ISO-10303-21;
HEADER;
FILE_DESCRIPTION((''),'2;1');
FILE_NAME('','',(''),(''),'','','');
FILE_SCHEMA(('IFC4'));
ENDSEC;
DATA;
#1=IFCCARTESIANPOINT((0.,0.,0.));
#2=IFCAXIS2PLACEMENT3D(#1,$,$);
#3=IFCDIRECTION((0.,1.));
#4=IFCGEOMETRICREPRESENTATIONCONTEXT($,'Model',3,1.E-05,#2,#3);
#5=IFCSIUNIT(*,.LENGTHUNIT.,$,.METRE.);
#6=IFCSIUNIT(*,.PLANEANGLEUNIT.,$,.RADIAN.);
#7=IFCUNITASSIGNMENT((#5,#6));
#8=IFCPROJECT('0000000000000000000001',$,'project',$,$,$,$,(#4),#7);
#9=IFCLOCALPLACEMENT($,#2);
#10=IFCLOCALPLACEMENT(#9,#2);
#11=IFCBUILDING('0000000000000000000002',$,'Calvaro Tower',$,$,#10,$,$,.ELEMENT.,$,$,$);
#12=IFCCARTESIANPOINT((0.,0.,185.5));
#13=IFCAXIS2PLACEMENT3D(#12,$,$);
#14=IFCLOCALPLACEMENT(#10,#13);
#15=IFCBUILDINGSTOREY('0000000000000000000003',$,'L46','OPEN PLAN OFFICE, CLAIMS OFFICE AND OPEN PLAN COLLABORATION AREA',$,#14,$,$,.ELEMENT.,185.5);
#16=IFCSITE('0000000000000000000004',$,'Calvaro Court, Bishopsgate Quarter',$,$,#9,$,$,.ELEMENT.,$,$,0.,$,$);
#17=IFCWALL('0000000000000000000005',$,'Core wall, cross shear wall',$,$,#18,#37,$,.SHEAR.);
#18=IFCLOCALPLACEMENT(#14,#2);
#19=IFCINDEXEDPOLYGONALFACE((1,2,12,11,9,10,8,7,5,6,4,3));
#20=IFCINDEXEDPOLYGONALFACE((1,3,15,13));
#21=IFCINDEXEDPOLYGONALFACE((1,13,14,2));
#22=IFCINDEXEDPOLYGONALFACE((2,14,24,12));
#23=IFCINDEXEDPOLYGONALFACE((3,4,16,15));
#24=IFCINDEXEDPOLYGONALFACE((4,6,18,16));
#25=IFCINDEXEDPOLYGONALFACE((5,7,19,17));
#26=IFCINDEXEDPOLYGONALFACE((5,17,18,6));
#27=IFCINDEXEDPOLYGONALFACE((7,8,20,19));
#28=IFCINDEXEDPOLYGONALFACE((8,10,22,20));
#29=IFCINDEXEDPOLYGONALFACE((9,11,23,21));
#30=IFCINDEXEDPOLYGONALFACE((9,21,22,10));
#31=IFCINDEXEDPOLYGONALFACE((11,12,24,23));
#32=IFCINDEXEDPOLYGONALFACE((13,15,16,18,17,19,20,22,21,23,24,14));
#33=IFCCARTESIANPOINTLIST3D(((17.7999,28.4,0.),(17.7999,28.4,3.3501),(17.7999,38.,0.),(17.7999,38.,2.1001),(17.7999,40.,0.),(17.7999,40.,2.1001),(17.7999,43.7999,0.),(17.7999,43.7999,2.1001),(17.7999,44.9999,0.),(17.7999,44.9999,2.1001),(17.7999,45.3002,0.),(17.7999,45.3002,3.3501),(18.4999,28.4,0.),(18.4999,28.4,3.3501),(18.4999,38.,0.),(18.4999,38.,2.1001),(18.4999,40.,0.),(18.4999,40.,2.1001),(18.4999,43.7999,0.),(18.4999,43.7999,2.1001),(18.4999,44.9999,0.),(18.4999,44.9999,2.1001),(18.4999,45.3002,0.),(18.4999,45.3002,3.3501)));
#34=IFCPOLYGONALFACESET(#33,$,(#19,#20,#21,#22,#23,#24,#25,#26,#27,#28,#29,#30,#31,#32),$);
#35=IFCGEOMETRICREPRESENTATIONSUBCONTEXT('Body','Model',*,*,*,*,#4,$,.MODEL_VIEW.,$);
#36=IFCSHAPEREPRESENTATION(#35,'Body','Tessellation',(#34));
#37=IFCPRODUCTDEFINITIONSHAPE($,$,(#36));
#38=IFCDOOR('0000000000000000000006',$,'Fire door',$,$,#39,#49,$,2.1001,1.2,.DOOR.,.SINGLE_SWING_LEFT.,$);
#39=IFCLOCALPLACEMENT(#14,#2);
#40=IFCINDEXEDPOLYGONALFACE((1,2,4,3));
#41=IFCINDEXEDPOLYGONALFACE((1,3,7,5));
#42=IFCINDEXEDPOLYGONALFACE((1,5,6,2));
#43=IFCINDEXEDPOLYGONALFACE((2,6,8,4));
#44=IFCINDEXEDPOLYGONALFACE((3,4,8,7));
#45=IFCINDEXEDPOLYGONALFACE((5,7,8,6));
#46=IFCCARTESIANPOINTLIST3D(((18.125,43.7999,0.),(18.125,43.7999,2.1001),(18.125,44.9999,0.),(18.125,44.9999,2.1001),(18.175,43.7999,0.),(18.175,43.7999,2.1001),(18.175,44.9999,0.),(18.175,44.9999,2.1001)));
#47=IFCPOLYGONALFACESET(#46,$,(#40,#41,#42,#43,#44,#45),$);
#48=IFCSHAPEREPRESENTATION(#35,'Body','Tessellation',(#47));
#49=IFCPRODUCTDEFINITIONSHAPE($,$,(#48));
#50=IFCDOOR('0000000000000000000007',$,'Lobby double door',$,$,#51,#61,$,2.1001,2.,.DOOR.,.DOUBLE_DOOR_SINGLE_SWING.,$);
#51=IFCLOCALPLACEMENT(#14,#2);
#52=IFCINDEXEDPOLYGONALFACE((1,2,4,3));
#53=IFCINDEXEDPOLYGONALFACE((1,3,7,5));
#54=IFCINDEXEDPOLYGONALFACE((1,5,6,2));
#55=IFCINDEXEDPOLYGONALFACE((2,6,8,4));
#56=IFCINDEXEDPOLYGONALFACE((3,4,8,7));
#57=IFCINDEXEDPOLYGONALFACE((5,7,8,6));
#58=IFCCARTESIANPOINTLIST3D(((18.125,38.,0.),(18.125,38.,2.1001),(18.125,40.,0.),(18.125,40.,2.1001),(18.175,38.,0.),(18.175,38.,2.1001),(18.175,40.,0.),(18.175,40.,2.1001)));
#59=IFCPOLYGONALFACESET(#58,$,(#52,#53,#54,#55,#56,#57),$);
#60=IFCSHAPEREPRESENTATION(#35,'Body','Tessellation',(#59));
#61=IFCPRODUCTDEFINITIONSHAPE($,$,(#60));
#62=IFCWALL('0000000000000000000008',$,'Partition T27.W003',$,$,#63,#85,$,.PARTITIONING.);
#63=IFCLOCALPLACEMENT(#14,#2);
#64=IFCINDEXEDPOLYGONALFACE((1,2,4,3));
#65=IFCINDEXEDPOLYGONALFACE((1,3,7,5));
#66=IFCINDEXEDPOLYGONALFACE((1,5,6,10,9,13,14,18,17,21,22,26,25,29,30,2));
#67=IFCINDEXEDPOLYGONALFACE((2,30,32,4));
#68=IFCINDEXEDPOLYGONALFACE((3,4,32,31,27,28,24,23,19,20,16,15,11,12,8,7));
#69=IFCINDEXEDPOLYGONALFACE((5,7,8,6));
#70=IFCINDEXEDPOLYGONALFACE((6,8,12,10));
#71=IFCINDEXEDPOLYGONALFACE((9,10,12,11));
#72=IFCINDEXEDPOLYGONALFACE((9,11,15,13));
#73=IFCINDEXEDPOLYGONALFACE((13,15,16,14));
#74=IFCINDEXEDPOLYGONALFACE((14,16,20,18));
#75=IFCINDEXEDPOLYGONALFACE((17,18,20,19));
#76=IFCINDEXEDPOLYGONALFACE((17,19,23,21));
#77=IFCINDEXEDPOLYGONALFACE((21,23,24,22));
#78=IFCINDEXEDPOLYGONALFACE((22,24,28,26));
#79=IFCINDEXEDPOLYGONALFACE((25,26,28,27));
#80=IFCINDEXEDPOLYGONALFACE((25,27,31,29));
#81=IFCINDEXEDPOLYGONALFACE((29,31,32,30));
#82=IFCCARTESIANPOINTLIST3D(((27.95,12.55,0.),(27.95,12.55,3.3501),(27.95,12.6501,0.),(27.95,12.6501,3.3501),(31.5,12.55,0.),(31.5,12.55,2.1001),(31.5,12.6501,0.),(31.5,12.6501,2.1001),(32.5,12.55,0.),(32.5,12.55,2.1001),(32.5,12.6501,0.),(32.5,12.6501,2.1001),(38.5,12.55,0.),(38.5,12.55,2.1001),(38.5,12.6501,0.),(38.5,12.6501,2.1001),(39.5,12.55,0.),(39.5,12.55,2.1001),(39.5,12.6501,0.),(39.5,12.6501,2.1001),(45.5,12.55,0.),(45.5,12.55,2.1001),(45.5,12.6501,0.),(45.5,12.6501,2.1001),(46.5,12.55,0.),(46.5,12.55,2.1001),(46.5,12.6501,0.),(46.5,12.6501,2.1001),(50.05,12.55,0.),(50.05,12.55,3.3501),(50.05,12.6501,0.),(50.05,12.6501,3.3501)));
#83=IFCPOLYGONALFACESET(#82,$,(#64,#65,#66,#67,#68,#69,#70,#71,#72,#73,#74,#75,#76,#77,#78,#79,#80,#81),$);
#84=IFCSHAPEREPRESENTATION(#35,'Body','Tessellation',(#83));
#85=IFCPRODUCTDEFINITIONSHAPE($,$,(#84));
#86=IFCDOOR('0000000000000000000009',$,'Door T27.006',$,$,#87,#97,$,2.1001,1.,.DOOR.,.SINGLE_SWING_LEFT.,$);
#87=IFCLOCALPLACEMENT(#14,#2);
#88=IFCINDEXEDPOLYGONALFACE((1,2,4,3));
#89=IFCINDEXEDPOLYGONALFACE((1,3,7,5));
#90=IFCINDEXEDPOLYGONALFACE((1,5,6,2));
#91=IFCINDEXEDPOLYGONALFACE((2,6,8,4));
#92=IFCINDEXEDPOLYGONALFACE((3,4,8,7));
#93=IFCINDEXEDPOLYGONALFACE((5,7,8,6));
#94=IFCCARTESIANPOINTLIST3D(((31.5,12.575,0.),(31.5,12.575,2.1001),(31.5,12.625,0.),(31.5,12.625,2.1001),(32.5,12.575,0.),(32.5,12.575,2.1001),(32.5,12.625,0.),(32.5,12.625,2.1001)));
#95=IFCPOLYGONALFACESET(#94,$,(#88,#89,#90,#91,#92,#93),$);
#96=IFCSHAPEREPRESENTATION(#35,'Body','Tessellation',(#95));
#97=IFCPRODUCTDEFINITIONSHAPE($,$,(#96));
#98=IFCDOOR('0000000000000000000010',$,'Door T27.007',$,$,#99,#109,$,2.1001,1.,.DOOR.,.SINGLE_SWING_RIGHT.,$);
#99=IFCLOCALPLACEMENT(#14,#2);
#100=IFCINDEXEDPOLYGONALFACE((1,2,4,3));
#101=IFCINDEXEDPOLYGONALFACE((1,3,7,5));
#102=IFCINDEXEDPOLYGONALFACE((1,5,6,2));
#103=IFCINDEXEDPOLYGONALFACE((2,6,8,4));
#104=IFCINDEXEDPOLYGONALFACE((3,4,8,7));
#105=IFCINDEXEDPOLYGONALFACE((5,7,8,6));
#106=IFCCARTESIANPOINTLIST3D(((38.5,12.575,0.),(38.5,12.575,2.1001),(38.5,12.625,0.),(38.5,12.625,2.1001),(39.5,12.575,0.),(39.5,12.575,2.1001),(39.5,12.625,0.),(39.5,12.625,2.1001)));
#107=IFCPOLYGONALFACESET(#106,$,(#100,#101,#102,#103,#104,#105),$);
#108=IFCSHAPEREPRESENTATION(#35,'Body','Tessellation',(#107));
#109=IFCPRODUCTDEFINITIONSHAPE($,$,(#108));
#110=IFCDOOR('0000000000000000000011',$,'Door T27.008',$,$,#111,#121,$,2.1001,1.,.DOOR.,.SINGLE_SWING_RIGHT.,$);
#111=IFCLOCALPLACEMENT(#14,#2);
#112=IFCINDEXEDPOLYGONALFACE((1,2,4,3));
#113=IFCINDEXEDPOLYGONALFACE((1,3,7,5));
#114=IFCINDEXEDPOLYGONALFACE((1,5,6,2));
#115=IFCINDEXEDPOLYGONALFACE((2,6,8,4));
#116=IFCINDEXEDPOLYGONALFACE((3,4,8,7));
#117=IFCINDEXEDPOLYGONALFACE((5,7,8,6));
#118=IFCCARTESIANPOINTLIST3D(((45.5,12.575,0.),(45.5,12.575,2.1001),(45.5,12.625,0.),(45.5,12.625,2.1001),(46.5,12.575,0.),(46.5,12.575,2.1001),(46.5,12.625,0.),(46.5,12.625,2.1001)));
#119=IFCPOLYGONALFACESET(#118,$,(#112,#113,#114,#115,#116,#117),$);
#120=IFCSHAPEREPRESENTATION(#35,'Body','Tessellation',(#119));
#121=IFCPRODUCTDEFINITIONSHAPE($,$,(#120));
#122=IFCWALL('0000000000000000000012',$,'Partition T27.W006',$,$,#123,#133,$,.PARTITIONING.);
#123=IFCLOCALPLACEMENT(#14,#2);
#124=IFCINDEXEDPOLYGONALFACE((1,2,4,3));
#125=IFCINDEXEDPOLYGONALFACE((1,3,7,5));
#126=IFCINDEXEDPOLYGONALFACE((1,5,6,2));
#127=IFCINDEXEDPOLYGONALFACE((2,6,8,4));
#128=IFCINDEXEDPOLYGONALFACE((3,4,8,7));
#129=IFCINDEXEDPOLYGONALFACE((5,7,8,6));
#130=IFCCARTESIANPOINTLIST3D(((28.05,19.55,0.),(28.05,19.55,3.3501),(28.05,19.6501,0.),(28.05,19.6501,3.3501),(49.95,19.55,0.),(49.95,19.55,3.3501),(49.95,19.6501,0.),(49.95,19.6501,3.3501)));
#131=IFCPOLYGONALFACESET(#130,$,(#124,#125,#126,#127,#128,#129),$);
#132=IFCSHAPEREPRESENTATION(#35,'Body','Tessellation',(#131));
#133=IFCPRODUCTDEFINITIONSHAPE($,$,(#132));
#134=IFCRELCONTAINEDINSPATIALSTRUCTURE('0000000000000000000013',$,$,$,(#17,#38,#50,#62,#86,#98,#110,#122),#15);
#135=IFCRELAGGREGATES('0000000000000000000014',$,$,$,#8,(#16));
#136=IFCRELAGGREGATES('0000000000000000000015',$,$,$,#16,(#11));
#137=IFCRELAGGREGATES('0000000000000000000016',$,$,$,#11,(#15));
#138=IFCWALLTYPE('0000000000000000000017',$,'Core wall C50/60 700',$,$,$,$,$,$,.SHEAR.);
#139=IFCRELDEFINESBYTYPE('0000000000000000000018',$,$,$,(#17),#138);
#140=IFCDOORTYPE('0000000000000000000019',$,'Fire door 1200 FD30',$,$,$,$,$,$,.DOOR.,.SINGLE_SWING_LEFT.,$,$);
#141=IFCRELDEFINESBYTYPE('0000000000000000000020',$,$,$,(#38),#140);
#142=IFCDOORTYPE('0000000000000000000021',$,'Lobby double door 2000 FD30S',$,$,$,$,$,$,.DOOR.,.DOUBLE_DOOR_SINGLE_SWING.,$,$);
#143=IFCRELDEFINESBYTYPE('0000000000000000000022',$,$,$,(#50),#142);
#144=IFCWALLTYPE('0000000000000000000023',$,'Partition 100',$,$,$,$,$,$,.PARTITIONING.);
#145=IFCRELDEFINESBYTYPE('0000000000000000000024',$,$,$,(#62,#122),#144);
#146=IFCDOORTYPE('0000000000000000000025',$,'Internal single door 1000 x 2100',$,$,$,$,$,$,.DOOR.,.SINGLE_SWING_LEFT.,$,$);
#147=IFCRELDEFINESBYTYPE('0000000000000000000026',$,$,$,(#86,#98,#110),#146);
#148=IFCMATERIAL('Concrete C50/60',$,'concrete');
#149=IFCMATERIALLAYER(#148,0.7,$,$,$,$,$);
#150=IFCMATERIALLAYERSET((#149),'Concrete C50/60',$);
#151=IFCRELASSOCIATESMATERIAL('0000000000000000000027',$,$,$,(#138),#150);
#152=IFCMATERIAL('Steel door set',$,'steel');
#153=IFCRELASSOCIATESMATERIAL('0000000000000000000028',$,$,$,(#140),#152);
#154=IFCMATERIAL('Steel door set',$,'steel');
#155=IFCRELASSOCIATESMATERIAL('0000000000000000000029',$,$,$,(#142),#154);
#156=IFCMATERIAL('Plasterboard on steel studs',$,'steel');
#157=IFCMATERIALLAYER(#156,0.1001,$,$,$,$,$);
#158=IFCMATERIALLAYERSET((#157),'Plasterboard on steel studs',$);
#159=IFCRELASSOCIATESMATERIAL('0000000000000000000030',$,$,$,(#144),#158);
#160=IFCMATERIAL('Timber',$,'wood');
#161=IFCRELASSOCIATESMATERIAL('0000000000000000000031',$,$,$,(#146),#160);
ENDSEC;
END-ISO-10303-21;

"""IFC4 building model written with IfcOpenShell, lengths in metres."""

from ifc_helpers import new_model, si_unit, direction, frame, frame_2d, origin, place, context, subcontext, project, spatial, rectangle, extrude, material, layer, layer_set, type_object, element, fill, save


model = new_model("IFC4")

# Units and contexts
model_context = context("Model", 3, precision=1e-05, world=origin(), true_north=direction((0.0, 1.0)))
body_context = subcontext(model_context, "Body", "Model", "MODEL_VIEW")
ifc_project = project(units=[si_unit("LENGTHUNIT", "METRE"), si_unit("PLANEANGLEUNIT", "RADIAN")], contexts=[model_context])

# Site, building, storey
site_placement = place(None, origin())
site = spatial("IfcSite", under=ifc_project, at=site_placement, Name="Calvaro Court, Bishopsgate Quarter", CompositionType="ELEMENT", RefElevation=0.0)
building_placement = place(site_placement, origin())
building = spatial("IfcBuilding", under=site, at=building_placement, Name="Calvaro Tower", CompositionType="ELEMENT")
storey_placement = place(building_placement, frame((0.0, 0.0, 185.5)))
storey = spatial("IfcBuildingStorey", under=building, at=storey_placement, Name="L46", Description="OPEN PLAN OFFICE, CLAIMS OFFICE AND OPEN PLAN COLLABORATION AREA", CompositionType="ELEMENT", Elevation=185.5)

# Walls, openings, doors
ifc_material_1 = material(Name="Concrete C50/60", Category="concrete")
ifc_layer_1 = layer(ifc_material_1, 0.7)
ifc_layer_set_1 = layer_set([ifc_layer_1], Name="Concrete C50/60")
wall_type_1 = type_object("IfcWallType", Name="Core wall C50/60 700", PredefinedType="SHEAR", material=ifc_layer_set_1)
wall_1_placement = place(storey_placement, frame((18.1499, 28.3999, 0.0), z_axis=(0.0, 0.0, 1.0), x_axis=(0.0, 1.0, 0.0)))
wall_1 = element("IfcWall", 1, at=wall_1_placement, inside=storey, type_object=wall_type_1, Name="Core wall, cross shear wall", PredefinedType="SHEAR", context=body_context, shape_type="SweptSolid", body=[
    extrude(rectangle(XDim=16.9001, YDim=0.7, at=frame_2d((8.4502, 0.0))), origin(), (0.0, 0.0, 1.0), 3.3501),
])
opening_1_placement = place(wall_1_placement, frame((9.6001, 0.0, 0.0)))
opening_1 = element("IfcOpeningElement", 2, at=opening_1_placement, cuts=wall_1, PredefinedType="OPENING", context=body_context, shape_type="SweptSolid", body=[
    extrude(rectangle(XDim=2.0, YDim=2.1001, at=frame_2d((1.0, 1.05))), frame((0.0, 0.3599, 0.0), z_axis=(0.0, -1.0, 0.0), x_axis=(1.0, 0.0, 0.0)), (0.0, 0.0, 1.0), 0.72),
])
opening_2_placement = place(wall_1_placement, frame((15.3999, 0.0, 0.0)))
opening_2 = element("IfcOpeningElement", 3, at=opening_2_placement, cuts=wall_1, PredefinedType="OPENING", context=body_context, shape_type="SweptSolid", body=[
    extrude(rectangle(XDim=1.2, YDim=2.1001, at=frame_2d((0.6001, 1.05))), frame((0.0, 0.3599, 0.0), z_axis=(0.0, -1.0, 0.0), x_axis=(1.0, 0.0, 0.0)), (0.0, 0.0, 1.0), 0.72),
])
ifc_material_2 = material(Name="Steel door set", Category="steel")
door_type_1 = type_object("IfcDoorType", Name="Fire door 1200 FD30", OperationType="SINGLE_SWING_LEFT", PredefinedType="DOOR", material=ifc_material_2)
door_1_placement = place(opening_2_placement, origin())
door_1 = element("IfcDoor", 4, at=door_1_placement, inside=storey, type_object=door_type_1, Name="Fire door", OperationType="SINGLE_SWING_LEFT", OverallHeight=2.1001, OverallWidth=1.2, PredefinedType="DOOR", context=body_context, shape_type="SweptSolid", body=[
    extrude(rectangle(XDim=1.2, YDim=2.1001, at=frame_2d((0.6001, 1.05))), frame((0.0, 0.0249, 0.0), z_axis=(0.0, -1.0, 0.0), x_axis=(1.0, 0.0, 0.0)), (0.0, 0.0, 1.0), 0.05),
])
fill(opening_2, door_1)
ifc_material_3 = material(Name="Steel door set", Category="steel")
door_type_2 = type_object("IfcDoorType", Name="Lobby double door 2000 FD30S", OperationType="DOUBLE_DOOR_SINGLE_SWING", PredefinedType="DOOR", material=ifc_material_3)
door_2_placement = place(opening_1_placement, origin())
door_2 = element("IfcDoor", 5, at=door_2_placement, inside=storey, type_object=door_type_2, Name="Lobby double door", OperationType="DOUBLE_DOOR_SINGLE_SWING", OverallHeight=2.1001, OverallWidth=2.0, PredefinedType="DOOR", context=body_context, shape_type="SweptSolid", body=[
    extrude(rectangle(XDim=2.0, YDim=2.1001, at=frame_2d((1.0, 1.05))), frame((0.0, 0.0249, 0.0), z_axis=(0.0, -1.0, 0.0), x_axis=(1.0, 0.0, 0.0)), (0.0, 0.0, 1.0), 0.05),
])
fill(opening_1, door_2)
ifc_material_4 = material(Name="Plasterboard on steel studs", Category="steel")
ifc_layer_2 = layer(ifc_material_4, 0.1001)
ifc_layer_set_2 = layer_set([ifc_layer_2], Name="Plasterboard on steel studs")
wall_type_2 = type_object("IfcWallType", Name="Partition 100", PredefinedType="PARTITIONING", material=ifc_layer_set_2)
wall_2_placement = place(storey_placement, frame((27.95, 12.6001, 0.0), z_axis=(0.0, 0.0, 1.0), x_axis=(1.0, 0.0, 0.0)))
wall_2 = element("IfcWall", 6, at=wall_2_placement, inside=storey, type_object=wall_type_2, Name="Partition T27.W003", PredefinedType="PARTITIONING", context=body_context, shape_type="SweptSolid", body=[
    extrude(rectangle(XDim=22.1001, YDim=0.1001, at=frame_2d((11.05, 0.0))), origin(), (0.0, 0.0, 1.0), 3.3501),
])
opening_3_placement = place(wall_2_placement, frame((3.55, 0.0, 0.0)))
opening_3 = element("IfcOpeningElement", 7, at=opening_3_placement, cuts=wall_2, PredefinedType="OPENING", context=body_context, shape_type="SweptSolid", body=[
    extrude(rectangle(XDim=1.0, YDim=2.1001, at=frame_2d((0.5, 1.05))), frame((0.0, 0.0601, 0.0), z_axis=(0.0, -1.0, 0.0), x_axis=(1.0, 0.0, 0.0)), (0.0, 0.0, 1.0), 0.1201),
])
opening_4_placement = place(wall_2_placement, frame((10.55, 0.0, 0.0)))
opening_4 = element("IfcOpeningElement", 8, at=opening_4_placement, cuts=wall_2, PredefinedType="OPENING", context=body_context, shape_type="SweptSolid", body=[
    extrude(rectangle(XDim=1.0, YDim=2.1001, at=frame_2d((0.5, 1.05))), frame((0.0, 0.0601, 0.0), z_axis=(0.0, -1.0, 0.0), x_axis=(1.0, 0.0, 0.0)), (0.0, 0.0, 1.0), 0.1201),
])
opening_5_placement = place(wall_2_placement, frame((17.55, 0.0, 0.0)))
opening_5 = element("IfcOpeningElement", 9, at=opening_5_placement, cuts=wall_2, PredefinedType="OPENING", context=body_context, shape_type="SweptSolid", body=[
    extrude(rectangle(XDim=1.0, YDim=2.1001, at=frame_2d((0.5, 1.05))), frame((0.0, 0.0601, 0.0), z_axis=(0.0, -1.0, 0.0), x_axis=(1.0, 0.0, 0.0)), (0.0, 0.0, 1.0), 0.1201),
])
ifc_material_5 = material(Name="Timber", Category="wood")
door_type_3 = type_object("IfcDoorType", Name="Internal single door 1000 x 2100", OperationType="SINGLE_SWING_LEFT", PredefinedType="DOOR", material=ifc_material_5)
door_3_placement = place(opening_3_placement, origin())
door_3 = element("IfcDoor", 10, at=door_3_placement, inside=storey, type_object=door_type_3, Name="Door T27.006", OperationType="SINGLE_SWING_LEFT", OverallHeight=2.1001, OverallWidth=1.0, PredefinedType="DOOR", context=body_context, shape_type="SweptSolid", body=[
    extrude(rectangle(XDim=1.0, YDim=2.1001, at=frame_2d((0.5, 1.05))), frame((0.0, 0.0249, 0.0), z_axis=(0.0, -1.0, 0.0), x_axis=(1.0, 0.0, 0.0)), (0.0, 0.0, 1.0), 0.05),
])
fill(opening_3, door_3)
door_4_placement = place(opening_4_placement, origin())
door_4 = element("IfcDoor", 11, at=door_4_placement, inside=storey, type_object=door_type_3, Name="Door T27.007", OperationType="SINGLE_SWING_RIGHT", OverallHeight=2.1001, OverallWidth=1.0, PredefinedType="DOOR", context=body_context, shape_type="SweptSolid", body=[
    extrude(rectangle(XDim=1.0, YDim=2.1001, at=frame_2d((0.5, 1.05))), frame((0.0, 0.0249, 0.0), z_axis=(0.0, -1.0, 0.0), x_axis=(1.0, 0.0, 0.0)), (0.0, 0.0, 1.0), 0.05),
])
fill(opening_4, door_4)
door_5_placement = place(opening_5_placement, origin())
door_5 = element("IfcDoor", 12, at=door_5_placement, inside=storey, type_object=door_type_3, Name="Door T27.008", OperationType="SINGLE_SWING_RIGHT", OverallHeight=2.1001, OverallWidth=1.0, PredefinedType="DOOR", context=body_context, shape_type="SweptSolid", body=[
    extrude(rectangle(XDim=1.0, YDim=2.1001, at=frame_2d((0.5, 1.05))), frame((0.0, 0.0249, 0.0), z_axis=(0.0, -1.0, 0.0), x_axis=(1.0, 0.0, 0.0)), (0.0, 0.0, 1.0), 0.05),
])
fill(opening_5, door_5)

# Wall
wall_3_placement = place(storey_placement, frame((28.05, 19.6001, 0.0), z_axis=(0.0, 0.0, 1.0), x_axis=(1.0, 0.0, 0.0)))
element("IfcWall", 13, at=wall_3_placement, inside=storey, type_object=wall_type_2, Name="Partition T27.W006", PredefinedType="PARTITIONING", context=body_context, shape_type="SweptSolid", body=[
    extrude(rectangle(XDim=21.8999, YDim=0.1001, at=frame_2d((10.95, 0.0))), origin(), (0.0, 0.0, 1.0), 3.3501),
])

save(model, "model.ifc")
